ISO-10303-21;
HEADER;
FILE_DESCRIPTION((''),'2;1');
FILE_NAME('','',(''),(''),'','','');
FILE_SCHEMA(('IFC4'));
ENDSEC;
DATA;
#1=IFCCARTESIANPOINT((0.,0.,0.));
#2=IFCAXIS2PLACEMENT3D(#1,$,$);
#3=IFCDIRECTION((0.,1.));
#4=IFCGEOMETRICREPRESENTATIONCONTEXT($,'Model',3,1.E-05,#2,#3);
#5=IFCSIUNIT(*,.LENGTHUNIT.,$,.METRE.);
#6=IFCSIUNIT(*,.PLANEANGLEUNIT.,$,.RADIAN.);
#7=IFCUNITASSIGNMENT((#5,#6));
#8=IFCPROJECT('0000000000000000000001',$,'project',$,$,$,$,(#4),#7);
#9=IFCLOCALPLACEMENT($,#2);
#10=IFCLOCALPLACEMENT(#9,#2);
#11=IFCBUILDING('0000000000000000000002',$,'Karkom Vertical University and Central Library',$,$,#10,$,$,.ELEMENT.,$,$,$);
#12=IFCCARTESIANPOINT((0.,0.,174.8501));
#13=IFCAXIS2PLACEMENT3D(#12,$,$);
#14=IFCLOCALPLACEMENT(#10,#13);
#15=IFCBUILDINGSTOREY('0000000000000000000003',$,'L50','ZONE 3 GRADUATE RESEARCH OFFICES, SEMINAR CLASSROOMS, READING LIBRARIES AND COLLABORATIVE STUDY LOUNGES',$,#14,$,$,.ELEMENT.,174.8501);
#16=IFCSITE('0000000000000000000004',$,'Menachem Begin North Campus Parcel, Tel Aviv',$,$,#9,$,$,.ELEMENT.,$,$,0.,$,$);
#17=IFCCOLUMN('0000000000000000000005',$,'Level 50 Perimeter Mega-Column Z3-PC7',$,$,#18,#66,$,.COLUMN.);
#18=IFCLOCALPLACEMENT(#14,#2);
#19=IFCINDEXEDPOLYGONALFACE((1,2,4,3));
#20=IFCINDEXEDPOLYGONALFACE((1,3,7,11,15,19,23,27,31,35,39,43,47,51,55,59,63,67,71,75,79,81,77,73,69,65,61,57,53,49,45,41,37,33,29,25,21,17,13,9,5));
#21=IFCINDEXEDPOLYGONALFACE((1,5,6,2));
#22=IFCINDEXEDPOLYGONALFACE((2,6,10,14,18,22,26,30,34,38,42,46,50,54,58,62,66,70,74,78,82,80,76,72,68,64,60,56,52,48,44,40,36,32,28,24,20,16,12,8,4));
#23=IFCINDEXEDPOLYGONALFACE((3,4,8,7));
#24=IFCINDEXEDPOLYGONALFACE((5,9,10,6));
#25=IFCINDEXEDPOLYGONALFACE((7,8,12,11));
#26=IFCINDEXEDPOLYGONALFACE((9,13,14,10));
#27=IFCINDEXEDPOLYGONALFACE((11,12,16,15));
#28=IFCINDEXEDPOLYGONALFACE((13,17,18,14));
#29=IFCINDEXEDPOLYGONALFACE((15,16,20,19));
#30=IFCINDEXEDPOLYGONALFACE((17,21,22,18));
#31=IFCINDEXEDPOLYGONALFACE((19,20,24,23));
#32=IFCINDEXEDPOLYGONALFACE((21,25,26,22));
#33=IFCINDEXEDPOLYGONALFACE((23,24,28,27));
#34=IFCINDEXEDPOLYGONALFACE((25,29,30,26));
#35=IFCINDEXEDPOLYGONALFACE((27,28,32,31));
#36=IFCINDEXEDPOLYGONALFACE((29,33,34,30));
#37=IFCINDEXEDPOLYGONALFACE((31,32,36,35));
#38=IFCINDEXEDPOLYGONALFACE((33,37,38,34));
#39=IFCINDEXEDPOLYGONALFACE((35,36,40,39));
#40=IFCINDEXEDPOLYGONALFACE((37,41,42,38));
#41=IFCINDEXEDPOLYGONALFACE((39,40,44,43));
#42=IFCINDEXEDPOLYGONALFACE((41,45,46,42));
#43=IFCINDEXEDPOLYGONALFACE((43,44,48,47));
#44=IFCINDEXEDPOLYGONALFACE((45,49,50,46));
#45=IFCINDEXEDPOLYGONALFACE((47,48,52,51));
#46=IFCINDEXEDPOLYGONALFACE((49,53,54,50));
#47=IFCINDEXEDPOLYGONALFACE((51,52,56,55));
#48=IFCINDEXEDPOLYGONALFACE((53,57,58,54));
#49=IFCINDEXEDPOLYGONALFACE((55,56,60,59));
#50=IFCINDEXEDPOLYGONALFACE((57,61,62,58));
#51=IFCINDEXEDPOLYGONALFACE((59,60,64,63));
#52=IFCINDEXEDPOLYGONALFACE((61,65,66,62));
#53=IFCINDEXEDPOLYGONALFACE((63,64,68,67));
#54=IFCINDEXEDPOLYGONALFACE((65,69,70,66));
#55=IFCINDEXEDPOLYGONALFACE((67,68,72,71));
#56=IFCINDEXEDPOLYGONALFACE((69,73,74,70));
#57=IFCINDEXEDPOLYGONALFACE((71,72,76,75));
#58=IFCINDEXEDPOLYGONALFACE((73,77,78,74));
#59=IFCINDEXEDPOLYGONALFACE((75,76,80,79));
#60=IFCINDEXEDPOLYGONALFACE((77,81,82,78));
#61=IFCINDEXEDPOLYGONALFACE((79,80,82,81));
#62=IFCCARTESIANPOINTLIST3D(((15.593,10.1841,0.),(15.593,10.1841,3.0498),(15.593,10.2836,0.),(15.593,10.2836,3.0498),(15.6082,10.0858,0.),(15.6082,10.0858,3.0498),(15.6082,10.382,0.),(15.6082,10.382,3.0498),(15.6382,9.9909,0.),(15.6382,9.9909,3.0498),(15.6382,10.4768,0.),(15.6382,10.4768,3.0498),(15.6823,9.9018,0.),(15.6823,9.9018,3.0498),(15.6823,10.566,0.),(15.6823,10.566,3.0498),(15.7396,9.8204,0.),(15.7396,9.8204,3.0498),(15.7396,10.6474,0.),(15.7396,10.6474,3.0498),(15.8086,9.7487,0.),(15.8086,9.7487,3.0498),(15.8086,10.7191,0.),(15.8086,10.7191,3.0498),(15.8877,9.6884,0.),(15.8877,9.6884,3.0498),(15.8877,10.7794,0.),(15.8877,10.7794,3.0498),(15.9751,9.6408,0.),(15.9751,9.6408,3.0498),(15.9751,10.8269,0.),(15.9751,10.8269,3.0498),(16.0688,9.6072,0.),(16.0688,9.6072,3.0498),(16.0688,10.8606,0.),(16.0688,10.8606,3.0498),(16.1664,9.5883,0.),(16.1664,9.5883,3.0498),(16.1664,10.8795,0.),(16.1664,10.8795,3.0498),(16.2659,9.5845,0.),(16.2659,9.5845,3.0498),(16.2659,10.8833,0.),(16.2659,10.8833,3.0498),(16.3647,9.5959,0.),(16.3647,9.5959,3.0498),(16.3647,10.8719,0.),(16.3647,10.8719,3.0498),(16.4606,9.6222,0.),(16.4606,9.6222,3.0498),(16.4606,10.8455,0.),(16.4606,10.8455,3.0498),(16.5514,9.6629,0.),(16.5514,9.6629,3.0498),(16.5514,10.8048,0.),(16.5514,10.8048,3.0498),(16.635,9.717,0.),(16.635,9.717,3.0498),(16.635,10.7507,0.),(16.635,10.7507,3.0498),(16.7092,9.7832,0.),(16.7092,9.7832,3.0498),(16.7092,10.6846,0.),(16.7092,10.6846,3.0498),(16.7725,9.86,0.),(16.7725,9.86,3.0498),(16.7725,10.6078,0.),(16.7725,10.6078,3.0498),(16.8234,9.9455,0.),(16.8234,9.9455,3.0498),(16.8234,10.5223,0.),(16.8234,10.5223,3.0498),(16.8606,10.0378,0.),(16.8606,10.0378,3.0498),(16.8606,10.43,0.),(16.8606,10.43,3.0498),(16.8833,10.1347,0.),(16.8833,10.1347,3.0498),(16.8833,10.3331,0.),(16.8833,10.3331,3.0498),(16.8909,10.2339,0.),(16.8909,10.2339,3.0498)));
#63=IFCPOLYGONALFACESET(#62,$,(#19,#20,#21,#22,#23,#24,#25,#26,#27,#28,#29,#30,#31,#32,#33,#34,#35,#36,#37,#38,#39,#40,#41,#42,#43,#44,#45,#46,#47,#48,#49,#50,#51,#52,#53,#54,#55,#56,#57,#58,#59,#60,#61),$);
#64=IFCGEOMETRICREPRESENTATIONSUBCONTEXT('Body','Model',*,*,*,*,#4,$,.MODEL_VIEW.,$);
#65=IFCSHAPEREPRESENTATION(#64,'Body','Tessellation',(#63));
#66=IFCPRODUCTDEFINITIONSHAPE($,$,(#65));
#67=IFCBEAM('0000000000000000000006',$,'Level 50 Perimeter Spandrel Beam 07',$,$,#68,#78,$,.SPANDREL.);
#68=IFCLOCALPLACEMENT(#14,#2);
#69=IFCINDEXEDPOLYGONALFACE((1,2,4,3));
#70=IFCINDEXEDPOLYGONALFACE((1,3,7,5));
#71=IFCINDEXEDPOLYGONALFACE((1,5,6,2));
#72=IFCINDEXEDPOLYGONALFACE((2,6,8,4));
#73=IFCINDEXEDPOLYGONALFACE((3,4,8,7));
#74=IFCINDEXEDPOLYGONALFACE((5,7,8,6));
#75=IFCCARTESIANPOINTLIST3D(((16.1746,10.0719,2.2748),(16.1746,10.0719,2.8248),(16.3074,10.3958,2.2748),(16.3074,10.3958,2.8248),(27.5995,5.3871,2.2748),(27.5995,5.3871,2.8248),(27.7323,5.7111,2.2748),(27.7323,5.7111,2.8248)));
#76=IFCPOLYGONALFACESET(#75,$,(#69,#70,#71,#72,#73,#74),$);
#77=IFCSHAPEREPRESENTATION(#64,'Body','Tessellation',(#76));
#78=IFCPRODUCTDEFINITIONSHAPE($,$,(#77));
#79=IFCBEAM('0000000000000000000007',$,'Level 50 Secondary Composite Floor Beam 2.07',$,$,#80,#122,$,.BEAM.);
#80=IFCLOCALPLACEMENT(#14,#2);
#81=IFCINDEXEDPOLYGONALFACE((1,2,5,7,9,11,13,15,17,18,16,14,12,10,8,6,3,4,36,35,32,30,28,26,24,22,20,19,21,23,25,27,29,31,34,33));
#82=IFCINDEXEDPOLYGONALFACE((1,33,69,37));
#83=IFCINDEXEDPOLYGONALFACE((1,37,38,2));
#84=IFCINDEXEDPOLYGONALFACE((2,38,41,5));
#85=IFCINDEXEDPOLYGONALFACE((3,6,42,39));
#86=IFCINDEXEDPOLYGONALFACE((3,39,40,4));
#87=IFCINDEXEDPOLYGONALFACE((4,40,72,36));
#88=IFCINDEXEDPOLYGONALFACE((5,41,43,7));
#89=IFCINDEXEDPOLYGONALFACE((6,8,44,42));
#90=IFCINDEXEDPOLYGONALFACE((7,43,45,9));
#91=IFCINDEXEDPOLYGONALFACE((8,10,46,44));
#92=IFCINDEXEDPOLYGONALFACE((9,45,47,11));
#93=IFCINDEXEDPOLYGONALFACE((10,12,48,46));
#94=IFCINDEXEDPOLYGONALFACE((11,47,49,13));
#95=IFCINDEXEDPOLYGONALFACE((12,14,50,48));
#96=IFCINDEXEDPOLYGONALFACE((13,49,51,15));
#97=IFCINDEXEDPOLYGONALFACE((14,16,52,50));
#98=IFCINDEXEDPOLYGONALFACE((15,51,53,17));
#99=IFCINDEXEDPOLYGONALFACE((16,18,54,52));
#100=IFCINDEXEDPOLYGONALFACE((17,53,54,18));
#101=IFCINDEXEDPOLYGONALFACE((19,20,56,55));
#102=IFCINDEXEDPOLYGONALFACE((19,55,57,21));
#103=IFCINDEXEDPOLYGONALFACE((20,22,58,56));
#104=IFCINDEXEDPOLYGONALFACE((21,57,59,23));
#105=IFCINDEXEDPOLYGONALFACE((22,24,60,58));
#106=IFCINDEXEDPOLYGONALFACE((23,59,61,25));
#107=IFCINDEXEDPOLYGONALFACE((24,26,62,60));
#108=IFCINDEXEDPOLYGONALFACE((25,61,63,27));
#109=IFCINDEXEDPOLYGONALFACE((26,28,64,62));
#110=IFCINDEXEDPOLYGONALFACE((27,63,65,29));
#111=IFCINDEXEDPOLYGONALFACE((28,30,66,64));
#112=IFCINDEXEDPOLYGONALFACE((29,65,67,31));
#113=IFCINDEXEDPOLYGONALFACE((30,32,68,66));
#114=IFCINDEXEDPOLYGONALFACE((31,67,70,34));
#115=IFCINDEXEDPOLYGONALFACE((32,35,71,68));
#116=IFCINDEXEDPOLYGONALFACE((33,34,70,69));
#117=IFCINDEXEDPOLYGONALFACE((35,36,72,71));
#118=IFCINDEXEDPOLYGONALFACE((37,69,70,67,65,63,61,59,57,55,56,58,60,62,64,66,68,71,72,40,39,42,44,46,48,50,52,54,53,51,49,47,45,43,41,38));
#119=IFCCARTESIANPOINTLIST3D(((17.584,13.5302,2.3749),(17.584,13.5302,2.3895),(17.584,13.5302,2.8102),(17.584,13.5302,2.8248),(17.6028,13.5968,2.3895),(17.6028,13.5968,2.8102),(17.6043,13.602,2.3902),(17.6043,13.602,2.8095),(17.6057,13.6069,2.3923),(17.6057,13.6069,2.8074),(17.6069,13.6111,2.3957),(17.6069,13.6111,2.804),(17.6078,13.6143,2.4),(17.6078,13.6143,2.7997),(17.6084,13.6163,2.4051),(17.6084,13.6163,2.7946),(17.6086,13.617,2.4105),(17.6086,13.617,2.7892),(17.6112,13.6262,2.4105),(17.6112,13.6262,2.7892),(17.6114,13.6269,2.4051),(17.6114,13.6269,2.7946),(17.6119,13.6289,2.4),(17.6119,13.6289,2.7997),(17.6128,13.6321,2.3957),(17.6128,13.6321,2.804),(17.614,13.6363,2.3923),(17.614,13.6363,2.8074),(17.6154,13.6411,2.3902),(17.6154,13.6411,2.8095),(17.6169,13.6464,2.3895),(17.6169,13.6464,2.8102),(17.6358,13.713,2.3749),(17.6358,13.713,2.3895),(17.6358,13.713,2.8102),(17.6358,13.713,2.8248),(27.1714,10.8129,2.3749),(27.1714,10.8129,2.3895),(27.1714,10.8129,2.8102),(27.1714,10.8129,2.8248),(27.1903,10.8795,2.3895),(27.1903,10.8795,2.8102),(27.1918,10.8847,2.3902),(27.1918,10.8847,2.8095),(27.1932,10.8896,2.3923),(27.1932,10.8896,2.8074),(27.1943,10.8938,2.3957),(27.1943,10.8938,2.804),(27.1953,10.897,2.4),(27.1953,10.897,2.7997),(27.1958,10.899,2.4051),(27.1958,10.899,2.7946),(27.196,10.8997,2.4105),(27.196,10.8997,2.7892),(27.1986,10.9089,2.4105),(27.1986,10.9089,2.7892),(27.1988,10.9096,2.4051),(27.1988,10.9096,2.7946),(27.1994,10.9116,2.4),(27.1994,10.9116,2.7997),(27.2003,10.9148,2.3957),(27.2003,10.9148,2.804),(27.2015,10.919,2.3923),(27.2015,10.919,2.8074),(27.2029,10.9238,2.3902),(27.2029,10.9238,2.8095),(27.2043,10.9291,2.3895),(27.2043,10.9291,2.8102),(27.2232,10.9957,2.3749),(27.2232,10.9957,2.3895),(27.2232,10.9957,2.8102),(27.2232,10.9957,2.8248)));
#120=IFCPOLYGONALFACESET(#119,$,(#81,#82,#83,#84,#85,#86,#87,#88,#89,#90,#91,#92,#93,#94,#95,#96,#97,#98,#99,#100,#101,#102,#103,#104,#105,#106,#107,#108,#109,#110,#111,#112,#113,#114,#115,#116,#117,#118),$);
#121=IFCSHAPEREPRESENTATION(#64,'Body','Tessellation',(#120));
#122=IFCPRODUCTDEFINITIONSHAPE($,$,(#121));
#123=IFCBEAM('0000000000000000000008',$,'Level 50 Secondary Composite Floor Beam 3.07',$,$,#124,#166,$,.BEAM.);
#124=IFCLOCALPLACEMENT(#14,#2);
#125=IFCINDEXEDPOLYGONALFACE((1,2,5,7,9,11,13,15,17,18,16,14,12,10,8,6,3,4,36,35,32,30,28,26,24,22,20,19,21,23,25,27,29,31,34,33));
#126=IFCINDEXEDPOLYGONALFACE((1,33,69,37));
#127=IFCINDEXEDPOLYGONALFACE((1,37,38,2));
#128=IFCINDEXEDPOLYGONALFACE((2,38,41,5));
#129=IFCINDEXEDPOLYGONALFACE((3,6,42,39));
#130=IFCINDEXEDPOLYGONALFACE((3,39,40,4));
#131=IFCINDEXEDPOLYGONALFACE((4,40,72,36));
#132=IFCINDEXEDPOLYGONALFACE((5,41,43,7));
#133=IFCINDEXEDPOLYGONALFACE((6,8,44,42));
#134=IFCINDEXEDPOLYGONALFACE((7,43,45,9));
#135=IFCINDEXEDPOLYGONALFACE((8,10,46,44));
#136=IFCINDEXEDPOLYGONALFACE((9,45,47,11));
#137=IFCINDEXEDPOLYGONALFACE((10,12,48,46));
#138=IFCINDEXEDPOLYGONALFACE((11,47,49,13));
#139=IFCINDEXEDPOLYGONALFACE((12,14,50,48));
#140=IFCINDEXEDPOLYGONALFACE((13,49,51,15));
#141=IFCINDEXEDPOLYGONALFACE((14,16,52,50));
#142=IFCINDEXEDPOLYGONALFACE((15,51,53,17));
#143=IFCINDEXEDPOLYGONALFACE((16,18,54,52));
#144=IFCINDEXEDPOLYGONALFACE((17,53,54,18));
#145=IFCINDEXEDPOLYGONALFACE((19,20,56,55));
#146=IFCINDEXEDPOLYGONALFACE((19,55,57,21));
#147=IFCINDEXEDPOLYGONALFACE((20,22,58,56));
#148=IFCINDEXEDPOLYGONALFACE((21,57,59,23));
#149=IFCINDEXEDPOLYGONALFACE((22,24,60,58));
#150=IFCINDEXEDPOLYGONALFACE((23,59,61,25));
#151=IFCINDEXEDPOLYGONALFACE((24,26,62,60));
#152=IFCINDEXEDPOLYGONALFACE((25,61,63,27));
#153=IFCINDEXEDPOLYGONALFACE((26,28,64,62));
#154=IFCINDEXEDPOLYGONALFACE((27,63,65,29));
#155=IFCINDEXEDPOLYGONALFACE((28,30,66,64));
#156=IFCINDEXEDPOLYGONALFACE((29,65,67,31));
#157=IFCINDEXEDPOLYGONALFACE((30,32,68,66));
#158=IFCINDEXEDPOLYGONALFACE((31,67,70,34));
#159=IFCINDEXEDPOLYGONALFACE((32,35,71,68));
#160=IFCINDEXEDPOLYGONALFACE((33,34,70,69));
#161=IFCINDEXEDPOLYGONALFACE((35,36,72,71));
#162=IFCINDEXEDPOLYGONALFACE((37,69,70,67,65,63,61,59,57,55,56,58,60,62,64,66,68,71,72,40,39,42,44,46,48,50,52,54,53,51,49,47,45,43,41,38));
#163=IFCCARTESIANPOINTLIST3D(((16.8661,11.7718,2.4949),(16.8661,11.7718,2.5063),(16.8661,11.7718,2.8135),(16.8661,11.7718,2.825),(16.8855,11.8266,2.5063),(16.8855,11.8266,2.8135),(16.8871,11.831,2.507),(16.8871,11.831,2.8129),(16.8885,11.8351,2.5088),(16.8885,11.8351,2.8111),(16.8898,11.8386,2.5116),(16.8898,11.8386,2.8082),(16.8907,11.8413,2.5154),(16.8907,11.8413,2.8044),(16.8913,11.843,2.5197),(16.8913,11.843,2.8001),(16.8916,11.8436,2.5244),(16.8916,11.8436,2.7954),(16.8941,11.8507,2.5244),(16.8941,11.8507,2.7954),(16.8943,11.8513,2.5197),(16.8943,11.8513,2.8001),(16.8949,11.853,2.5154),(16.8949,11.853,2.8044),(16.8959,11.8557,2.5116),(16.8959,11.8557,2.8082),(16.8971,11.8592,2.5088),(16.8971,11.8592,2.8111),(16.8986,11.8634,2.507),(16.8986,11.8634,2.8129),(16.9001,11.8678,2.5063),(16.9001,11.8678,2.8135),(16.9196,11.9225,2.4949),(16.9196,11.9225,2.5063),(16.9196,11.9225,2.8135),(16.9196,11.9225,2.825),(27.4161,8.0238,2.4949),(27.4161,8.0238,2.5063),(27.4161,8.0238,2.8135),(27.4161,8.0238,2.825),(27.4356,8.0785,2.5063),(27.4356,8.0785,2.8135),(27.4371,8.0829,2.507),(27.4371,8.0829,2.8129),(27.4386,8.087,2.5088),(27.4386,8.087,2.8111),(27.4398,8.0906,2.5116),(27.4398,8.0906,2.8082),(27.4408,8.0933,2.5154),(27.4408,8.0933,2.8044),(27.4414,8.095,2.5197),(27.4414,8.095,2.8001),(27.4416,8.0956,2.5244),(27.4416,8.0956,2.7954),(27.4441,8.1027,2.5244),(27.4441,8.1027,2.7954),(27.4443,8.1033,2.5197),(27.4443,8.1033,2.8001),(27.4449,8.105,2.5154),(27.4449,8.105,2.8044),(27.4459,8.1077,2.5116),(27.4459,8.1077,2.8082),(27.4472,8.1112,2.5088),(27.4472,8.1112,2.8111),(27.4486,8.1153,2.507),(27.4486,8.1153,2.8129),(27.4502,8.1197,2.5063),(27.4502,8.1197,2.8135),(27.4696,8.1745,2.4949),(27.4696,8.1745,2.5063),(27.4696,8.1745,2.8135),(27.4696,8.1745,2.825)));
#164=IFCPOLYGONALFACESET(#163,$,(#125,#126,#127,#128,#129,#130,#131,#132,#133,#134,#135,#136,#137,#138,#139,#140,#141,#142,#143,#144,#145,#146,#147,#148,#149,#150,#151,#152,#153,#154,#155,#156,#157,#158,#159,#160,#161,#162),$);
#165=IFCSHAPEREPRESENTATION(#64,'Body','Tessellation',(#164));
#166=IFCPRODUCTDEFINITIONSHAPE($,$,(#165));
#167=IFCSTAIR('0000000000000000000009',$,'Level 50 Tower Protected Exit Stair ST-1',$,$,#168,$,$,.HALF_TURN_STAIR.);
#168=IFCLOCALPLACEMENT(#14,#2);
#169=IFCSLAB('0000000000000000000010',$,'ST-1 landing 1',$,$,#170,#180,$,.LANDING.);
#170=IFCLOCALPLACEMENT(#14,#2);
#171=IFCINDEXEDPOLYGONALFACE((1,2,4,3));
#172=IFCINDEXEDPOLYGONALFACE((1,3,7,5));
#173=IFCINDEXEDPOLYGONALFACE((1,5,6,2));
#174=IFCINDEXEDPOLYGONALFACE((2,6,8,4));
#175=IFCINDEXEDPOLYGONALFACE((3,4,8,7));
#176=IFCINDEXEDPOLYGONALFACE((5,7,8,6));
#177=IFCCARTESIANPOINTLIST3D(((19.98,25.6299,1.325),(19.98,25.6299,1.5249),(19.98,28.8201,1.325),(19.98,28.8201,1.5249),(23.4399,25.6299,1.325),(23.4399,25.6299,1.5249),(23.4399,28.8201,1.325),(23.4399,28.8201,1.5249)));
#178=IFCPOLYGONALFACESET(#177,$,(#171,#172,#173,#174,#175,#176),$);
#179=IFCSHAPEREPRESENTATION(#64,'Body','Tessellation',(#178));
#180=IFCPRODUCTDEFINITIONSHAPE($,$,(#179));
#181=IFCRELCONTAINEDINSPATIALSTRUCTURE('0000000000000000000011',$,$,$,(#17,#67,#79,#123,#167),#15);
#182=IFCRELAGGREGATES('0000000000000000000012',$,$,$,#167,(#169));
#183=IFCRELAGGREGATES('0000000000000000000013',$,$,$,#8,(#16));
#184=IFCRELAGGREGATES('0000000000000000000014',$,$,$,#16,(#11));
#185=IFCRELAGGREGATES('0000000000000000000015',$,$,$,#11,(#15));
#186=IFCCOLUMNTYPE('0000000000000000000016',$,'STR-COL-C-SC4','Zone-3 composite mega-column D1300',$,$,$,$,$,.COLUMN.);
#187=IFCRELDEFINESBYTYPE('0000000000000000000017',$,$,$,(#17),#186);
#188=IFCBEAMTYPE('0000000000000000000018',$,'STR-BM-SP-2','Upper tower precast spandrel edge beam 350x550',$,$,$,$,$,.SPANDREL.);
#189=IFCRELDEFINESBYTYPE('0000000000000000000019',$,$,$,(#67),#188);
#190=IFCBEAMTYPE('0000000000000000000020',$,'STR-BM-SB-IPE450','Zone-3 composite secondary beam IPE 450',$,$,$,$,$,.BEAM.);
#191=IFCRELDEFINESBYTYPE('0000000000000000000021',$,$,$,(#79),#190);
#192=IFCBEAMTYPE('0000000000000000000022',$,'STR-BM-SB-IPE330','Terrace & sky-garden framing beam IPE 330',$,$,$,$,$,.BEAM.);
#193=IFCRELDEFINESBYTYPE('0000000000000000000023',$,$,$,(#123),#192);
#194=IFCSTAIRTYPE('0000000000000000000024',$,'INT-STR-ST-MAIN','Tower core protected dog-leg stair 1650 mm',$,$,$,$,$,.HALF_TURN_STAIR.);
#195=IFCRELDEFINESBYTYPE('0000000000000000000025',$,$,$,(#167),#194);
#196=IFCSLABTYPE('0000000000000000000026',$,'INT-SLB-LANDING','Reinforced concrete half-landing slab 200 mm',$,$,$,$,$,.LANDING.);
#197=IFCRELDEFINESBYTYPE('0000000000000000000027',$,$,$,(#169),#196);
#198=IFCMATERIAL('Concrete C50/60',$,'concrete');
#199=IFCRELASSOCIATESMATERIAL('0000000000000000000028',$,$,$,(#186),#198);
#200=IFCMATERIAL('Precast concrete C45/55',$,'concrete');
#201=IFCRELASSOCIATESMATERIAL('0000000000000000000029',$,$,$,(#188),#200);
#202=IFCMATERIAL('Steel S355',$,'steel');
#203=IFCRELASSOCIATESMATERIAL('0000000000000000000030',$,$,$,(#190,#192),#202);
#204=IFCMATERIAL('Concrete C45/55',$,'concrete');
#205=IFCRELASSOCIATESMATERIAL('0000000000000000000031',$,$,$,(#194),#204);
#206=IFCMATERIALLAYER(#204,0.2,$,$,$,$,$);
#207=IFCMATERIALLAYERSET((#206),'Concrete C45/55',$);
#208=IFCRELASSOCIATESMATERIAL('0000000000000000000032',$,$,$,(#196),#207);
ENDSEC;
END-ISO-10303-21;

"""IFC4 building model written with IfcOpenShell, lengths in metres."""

from ifc_helpers import new_model, si_unit, direction, frame, origin, origin_with_axes, origin_2d, place, context, subcontext, project, spatial, polyline, rectangle, circle, i_section, outline, extrude, source, transform, mapped, material, layer, layer_set, material_profile, profile_set, type_object, element, aggregate, save


model = new_model("IFC4")

# Units and contexts
model_context = context("Model", 3, precision=1e-05, world=origin(), true_north=direction((0.0, 1.0)))
body_context = subcontext(model_context, "Body", "Model", "MODEL_VIEW")
ifc_project = project(units=[si_unit("LENGTHUNIT", "METRE"), si_unit("PLANEANGLEUNIT", "RADIAN")], contexts=[model_context])

# Site, building, storey
site_placement = place(None, origin())
site = spatial("IfcSite", under=ifc_project, at=site_placement, Name="Menachem Begin North Campus Parcel, Tel Aviv", CompositionType="ELEMENT", RefElevation=0.0)
building_placement = place(site_placement, origin())
building = spatial("IfcBuilding", under=site, at=building_placement, Name="Karkom Vertical University and Central Library", CompositionType="ELEMENT")
storey_placement = place(building_placement, frame((0.0, 0.0, 174.8501)))
storey = spatial("IfcBuildingStorey", under=building, at=storey_placement, Name="L50", Description="ZONE 3 GRADUATE RESEARCH OFFICES, SEMINAR CLASSROOMS, READING LIBRARIES AND COLLABORATIVE STUDY LOUNGES", CompositionType="ELEMENT", Elevation=174.8501)

# Column
ifc_material_1 = material(Name="Concrete C50/60", Category="concrete")
ifc_material_profile_1 = material_profile(ifc_material_1, circle(Radius=0.6499, at=origin_2d()), Name="CFT-D1300")
ifc_profile_set_1 = profile_set([ifc_material_profile_1], Name="Concrete C50/60")
column_type = type_object("IfcColumnType", Name="STR-COL-C-SC4", Description="Zone-3 composite mega-column D1300", PredefinedType="COLUMN", material=ifc_profile_set_1)
shared_shape_1 = source(origin_with_axes(), body_context, "Body", "SweptSolid", [
    extrude(circle(Radius=0.6499, at=origin_2d()), origin(), (0.0, 0.0, 1.0), 3.0498),
])
column_placement = place(storey_placement, frame((16.241, 10.2339, 0.0), z_axis=(0.0, 0.0, 1.0), x_axis=(1.0, 0.0, 0.0)))
element("IfcColumn", 1, at=column_placement, inside=storey, type_object=column_type, Name="Level 50 Perimeter Mega-Column Z3-PC7", PredefinedType="COLUMN", context=body_context, shape_type="MappedRepresentation", body=[
    mapped(shared_shape_1, transform((0.0, 0.0, 0.0), scale=1.0)),
])

# Beams
ifc_material_2 = material(Name="Precast concrete C45/55", Category="concrete")
ifc_material_profile_2 = material_profile(ifc_material_2, rectangle(XDim=0.3501, YDim=0.55, at=origin_2d()), Name="SPB-350x550")
ifc_profile_set_2 = profile_set([ifc_material_profile_2], Name="Precast concrete C45/55")
beam_type_1 = type_object("IfcBeamType", Name="STR-BM-SP-2", Description="Upper tower precast spandrel edge beam 350x550", PredefinedType="SPANDREL", material=ifc_profile_set_2)
shared_shape_2 = source(origin_with_axes(), body_context, "Body", "SweptSolid", [
    extrude(rectangle(XDim=0.3501, YDim=0.55, at=origin_2d()), origin(), (0.0, 0.0, 1.0), 12.3481),
])
beam_1_placement = place(storey_placement, frame((16.241, 10.2339, 2.5498), z_axis=(0.925236, -0.379391, 0.0), x_axis=(0.379391, 0.925236, 0.0)))
element("IfcBeam", 2, at=beam_1_placement, inside=storey, type_object=beam_type_1, Name="Level 50 Perimeter Spandrel Beam 07", PredefinedType="SPANDREL", context=body_context, shape_type="MappedRepresentation", body=[
    mapped(shared_shape_2, transform((0.0, 0.0, 0.0), scale=1.0)),
])
ifc_material_3 = material(Name="Steel S355", Category="steel")
ifc_material_profile_3 = material_profile(ifc_material_3, i_section(OverallWidth=0.1899, OverallDepth=0.45, WebThickness=0.0095, FlangeThickness=0.0146, FilletRadius=0.021, at=origin_2d()), Name="IPE 450")
ifc_profile_set_3 = profile_set([ifc_material_profile_3], Name="Steel S355")
beam_type_2 = type_object("IfcBeamType", Name="STR-BM-SB-IPE450", Description="Zone-3 composite secondary beam IPE 450", PredefinedType="BEAM", material=ifc_profile_set_3)
shared_shape_3 = source(origin_with_axes(), body_context, "Body", "SweptSolid", [
    extrude(i_section(OverallWidth=0.1899, OverallDepth=0.45, WebThickness=0.0095, FlangeThickness=0.0146, FilletRadius=0.021, at=origin_2d()), origin(), (0.0, 0.0, 1.0), 9.9651),
])
beam_2_placement = place(storey_placement, frame((17.6099, 13.6216, 2.5999), z_axis=(0.962104, -0.272682, 0.0), x_axis=(0.272682, 0.962104, 0.0)))
element("IfcBeam", 3, at=beam_2_placement, inside=storey, type_object=beam_type_2, Name="Level 50 Secondary Composite Floor Beam 2.07", PredefinedType="BEAM", context=body_context, shape_type="MappedRepresentation", body=[
    mapped(shared_shape_3, transform((0.0, 0.0, 0.0), scale=1.0)),
])
ifc_material_profile_4 = material_profile(ifc_material_3, i_section(OverallWidth=0.1599, OverallDepth=0.3301, WebThickness=0.0076, FlangeThickness=0.0115, FilletRadius=0.0181, at=origin_2d()), Name="IPE 330")
ifc_profile_set_4 = profile_set([ifc_material_profile_4], Name="Steel S355")
beam_type_3 = type_object("IfcBeamType", Name="STR-BM-SB-IPE330", Description="Terrace & sky-garden framing beam IPE 330", PredefinedType="BEAM", material=ifc_profile_set_4)
shared_shape_4 = source(origin_with_axes(), body_context, "Body", "SweptSolid", [
    extrude(i_section(OverallWidth=0.1599, OverallDepth=0.3301, WebThickness=0.0076, FlangeThickness=0.0115, FilletRadius=0.0181, at=origin_2d()), origin(), (0.0, 0.0, 1.0), 11.196),
])
beam_3_placement = place(storey_placement, frame((16.8928, 11.8472, 2.6599), z_axis=(0.942302, -0.334765, 0.0), x_axis=(0.334765, 0.942302, 0.0)))
element("IfcBeam", 4, at=beam_3_placement, inside=storey, type_object=beam_type_3, Name="Level 50 Secondary Composite Floor Beam 3.07", PredefinedType="BEAM", context=body_context, shape_type="MappedRepresentation", body=[
    mapped(shared_shape_4, transform((0.0, 0.0, 0.0), scale=1.0)),
])

# Stair, slab
ifc_material_4 = material(Name="Concrete C45/55", Category="concrete")
stair_type = type_object("IfcStairType", Name="INT-STR-ST-MAIN", Description="Tower core protected dog-leg stair 1650 mm", PredefinedType="HALF_TURN_STAIR", material=ifc_material_4)
stair_1_placement = place(storey_placement, origin())
stair_1 = element("IfcStair", 5, at=stair_1_placement, inside=storey, type_object=stair_type, Name="Level 50 Tower Protected Exit Stair ST-1", PredefinedType="HALF_TURN_STAIR")
ifc_layer_1 = layer(ifc_material_4, 0.2)
ifc_layer_set_1 = layer_set([ifc_layer_1], Name="Concrete C45/55")
slab_type_1 = type_object("IfcSlabType", Name="INT-SLB-LANDING", Description="Reinforced concrete half-landing slab 200 mm", PredefinedType="LANDING", material=ifc_layer_set_1)
slab_1_placement = place(storey_placement, frame((0.0, 0.0, 1.325)))
slab_1 = element("IfcSlab", 6, at=slab_1_placement, type_object=slab_type_1, Name="ST-1 landing 1", PredefinedType="LANDING", context=body_context, shape_type="SweptSolid", body=[
    extrude(outline(polyline([(23.4399, 25.6299), (23.4399, 28.8201), (19.98, 28.8201), (19.98, 25.6299), (23.4399, 25.6299)])), origin(), (0.0, 0.0, 1.0), 0.2),
])
aggregate(stair_1, [slab_1])

save(model, "model.ifc")
